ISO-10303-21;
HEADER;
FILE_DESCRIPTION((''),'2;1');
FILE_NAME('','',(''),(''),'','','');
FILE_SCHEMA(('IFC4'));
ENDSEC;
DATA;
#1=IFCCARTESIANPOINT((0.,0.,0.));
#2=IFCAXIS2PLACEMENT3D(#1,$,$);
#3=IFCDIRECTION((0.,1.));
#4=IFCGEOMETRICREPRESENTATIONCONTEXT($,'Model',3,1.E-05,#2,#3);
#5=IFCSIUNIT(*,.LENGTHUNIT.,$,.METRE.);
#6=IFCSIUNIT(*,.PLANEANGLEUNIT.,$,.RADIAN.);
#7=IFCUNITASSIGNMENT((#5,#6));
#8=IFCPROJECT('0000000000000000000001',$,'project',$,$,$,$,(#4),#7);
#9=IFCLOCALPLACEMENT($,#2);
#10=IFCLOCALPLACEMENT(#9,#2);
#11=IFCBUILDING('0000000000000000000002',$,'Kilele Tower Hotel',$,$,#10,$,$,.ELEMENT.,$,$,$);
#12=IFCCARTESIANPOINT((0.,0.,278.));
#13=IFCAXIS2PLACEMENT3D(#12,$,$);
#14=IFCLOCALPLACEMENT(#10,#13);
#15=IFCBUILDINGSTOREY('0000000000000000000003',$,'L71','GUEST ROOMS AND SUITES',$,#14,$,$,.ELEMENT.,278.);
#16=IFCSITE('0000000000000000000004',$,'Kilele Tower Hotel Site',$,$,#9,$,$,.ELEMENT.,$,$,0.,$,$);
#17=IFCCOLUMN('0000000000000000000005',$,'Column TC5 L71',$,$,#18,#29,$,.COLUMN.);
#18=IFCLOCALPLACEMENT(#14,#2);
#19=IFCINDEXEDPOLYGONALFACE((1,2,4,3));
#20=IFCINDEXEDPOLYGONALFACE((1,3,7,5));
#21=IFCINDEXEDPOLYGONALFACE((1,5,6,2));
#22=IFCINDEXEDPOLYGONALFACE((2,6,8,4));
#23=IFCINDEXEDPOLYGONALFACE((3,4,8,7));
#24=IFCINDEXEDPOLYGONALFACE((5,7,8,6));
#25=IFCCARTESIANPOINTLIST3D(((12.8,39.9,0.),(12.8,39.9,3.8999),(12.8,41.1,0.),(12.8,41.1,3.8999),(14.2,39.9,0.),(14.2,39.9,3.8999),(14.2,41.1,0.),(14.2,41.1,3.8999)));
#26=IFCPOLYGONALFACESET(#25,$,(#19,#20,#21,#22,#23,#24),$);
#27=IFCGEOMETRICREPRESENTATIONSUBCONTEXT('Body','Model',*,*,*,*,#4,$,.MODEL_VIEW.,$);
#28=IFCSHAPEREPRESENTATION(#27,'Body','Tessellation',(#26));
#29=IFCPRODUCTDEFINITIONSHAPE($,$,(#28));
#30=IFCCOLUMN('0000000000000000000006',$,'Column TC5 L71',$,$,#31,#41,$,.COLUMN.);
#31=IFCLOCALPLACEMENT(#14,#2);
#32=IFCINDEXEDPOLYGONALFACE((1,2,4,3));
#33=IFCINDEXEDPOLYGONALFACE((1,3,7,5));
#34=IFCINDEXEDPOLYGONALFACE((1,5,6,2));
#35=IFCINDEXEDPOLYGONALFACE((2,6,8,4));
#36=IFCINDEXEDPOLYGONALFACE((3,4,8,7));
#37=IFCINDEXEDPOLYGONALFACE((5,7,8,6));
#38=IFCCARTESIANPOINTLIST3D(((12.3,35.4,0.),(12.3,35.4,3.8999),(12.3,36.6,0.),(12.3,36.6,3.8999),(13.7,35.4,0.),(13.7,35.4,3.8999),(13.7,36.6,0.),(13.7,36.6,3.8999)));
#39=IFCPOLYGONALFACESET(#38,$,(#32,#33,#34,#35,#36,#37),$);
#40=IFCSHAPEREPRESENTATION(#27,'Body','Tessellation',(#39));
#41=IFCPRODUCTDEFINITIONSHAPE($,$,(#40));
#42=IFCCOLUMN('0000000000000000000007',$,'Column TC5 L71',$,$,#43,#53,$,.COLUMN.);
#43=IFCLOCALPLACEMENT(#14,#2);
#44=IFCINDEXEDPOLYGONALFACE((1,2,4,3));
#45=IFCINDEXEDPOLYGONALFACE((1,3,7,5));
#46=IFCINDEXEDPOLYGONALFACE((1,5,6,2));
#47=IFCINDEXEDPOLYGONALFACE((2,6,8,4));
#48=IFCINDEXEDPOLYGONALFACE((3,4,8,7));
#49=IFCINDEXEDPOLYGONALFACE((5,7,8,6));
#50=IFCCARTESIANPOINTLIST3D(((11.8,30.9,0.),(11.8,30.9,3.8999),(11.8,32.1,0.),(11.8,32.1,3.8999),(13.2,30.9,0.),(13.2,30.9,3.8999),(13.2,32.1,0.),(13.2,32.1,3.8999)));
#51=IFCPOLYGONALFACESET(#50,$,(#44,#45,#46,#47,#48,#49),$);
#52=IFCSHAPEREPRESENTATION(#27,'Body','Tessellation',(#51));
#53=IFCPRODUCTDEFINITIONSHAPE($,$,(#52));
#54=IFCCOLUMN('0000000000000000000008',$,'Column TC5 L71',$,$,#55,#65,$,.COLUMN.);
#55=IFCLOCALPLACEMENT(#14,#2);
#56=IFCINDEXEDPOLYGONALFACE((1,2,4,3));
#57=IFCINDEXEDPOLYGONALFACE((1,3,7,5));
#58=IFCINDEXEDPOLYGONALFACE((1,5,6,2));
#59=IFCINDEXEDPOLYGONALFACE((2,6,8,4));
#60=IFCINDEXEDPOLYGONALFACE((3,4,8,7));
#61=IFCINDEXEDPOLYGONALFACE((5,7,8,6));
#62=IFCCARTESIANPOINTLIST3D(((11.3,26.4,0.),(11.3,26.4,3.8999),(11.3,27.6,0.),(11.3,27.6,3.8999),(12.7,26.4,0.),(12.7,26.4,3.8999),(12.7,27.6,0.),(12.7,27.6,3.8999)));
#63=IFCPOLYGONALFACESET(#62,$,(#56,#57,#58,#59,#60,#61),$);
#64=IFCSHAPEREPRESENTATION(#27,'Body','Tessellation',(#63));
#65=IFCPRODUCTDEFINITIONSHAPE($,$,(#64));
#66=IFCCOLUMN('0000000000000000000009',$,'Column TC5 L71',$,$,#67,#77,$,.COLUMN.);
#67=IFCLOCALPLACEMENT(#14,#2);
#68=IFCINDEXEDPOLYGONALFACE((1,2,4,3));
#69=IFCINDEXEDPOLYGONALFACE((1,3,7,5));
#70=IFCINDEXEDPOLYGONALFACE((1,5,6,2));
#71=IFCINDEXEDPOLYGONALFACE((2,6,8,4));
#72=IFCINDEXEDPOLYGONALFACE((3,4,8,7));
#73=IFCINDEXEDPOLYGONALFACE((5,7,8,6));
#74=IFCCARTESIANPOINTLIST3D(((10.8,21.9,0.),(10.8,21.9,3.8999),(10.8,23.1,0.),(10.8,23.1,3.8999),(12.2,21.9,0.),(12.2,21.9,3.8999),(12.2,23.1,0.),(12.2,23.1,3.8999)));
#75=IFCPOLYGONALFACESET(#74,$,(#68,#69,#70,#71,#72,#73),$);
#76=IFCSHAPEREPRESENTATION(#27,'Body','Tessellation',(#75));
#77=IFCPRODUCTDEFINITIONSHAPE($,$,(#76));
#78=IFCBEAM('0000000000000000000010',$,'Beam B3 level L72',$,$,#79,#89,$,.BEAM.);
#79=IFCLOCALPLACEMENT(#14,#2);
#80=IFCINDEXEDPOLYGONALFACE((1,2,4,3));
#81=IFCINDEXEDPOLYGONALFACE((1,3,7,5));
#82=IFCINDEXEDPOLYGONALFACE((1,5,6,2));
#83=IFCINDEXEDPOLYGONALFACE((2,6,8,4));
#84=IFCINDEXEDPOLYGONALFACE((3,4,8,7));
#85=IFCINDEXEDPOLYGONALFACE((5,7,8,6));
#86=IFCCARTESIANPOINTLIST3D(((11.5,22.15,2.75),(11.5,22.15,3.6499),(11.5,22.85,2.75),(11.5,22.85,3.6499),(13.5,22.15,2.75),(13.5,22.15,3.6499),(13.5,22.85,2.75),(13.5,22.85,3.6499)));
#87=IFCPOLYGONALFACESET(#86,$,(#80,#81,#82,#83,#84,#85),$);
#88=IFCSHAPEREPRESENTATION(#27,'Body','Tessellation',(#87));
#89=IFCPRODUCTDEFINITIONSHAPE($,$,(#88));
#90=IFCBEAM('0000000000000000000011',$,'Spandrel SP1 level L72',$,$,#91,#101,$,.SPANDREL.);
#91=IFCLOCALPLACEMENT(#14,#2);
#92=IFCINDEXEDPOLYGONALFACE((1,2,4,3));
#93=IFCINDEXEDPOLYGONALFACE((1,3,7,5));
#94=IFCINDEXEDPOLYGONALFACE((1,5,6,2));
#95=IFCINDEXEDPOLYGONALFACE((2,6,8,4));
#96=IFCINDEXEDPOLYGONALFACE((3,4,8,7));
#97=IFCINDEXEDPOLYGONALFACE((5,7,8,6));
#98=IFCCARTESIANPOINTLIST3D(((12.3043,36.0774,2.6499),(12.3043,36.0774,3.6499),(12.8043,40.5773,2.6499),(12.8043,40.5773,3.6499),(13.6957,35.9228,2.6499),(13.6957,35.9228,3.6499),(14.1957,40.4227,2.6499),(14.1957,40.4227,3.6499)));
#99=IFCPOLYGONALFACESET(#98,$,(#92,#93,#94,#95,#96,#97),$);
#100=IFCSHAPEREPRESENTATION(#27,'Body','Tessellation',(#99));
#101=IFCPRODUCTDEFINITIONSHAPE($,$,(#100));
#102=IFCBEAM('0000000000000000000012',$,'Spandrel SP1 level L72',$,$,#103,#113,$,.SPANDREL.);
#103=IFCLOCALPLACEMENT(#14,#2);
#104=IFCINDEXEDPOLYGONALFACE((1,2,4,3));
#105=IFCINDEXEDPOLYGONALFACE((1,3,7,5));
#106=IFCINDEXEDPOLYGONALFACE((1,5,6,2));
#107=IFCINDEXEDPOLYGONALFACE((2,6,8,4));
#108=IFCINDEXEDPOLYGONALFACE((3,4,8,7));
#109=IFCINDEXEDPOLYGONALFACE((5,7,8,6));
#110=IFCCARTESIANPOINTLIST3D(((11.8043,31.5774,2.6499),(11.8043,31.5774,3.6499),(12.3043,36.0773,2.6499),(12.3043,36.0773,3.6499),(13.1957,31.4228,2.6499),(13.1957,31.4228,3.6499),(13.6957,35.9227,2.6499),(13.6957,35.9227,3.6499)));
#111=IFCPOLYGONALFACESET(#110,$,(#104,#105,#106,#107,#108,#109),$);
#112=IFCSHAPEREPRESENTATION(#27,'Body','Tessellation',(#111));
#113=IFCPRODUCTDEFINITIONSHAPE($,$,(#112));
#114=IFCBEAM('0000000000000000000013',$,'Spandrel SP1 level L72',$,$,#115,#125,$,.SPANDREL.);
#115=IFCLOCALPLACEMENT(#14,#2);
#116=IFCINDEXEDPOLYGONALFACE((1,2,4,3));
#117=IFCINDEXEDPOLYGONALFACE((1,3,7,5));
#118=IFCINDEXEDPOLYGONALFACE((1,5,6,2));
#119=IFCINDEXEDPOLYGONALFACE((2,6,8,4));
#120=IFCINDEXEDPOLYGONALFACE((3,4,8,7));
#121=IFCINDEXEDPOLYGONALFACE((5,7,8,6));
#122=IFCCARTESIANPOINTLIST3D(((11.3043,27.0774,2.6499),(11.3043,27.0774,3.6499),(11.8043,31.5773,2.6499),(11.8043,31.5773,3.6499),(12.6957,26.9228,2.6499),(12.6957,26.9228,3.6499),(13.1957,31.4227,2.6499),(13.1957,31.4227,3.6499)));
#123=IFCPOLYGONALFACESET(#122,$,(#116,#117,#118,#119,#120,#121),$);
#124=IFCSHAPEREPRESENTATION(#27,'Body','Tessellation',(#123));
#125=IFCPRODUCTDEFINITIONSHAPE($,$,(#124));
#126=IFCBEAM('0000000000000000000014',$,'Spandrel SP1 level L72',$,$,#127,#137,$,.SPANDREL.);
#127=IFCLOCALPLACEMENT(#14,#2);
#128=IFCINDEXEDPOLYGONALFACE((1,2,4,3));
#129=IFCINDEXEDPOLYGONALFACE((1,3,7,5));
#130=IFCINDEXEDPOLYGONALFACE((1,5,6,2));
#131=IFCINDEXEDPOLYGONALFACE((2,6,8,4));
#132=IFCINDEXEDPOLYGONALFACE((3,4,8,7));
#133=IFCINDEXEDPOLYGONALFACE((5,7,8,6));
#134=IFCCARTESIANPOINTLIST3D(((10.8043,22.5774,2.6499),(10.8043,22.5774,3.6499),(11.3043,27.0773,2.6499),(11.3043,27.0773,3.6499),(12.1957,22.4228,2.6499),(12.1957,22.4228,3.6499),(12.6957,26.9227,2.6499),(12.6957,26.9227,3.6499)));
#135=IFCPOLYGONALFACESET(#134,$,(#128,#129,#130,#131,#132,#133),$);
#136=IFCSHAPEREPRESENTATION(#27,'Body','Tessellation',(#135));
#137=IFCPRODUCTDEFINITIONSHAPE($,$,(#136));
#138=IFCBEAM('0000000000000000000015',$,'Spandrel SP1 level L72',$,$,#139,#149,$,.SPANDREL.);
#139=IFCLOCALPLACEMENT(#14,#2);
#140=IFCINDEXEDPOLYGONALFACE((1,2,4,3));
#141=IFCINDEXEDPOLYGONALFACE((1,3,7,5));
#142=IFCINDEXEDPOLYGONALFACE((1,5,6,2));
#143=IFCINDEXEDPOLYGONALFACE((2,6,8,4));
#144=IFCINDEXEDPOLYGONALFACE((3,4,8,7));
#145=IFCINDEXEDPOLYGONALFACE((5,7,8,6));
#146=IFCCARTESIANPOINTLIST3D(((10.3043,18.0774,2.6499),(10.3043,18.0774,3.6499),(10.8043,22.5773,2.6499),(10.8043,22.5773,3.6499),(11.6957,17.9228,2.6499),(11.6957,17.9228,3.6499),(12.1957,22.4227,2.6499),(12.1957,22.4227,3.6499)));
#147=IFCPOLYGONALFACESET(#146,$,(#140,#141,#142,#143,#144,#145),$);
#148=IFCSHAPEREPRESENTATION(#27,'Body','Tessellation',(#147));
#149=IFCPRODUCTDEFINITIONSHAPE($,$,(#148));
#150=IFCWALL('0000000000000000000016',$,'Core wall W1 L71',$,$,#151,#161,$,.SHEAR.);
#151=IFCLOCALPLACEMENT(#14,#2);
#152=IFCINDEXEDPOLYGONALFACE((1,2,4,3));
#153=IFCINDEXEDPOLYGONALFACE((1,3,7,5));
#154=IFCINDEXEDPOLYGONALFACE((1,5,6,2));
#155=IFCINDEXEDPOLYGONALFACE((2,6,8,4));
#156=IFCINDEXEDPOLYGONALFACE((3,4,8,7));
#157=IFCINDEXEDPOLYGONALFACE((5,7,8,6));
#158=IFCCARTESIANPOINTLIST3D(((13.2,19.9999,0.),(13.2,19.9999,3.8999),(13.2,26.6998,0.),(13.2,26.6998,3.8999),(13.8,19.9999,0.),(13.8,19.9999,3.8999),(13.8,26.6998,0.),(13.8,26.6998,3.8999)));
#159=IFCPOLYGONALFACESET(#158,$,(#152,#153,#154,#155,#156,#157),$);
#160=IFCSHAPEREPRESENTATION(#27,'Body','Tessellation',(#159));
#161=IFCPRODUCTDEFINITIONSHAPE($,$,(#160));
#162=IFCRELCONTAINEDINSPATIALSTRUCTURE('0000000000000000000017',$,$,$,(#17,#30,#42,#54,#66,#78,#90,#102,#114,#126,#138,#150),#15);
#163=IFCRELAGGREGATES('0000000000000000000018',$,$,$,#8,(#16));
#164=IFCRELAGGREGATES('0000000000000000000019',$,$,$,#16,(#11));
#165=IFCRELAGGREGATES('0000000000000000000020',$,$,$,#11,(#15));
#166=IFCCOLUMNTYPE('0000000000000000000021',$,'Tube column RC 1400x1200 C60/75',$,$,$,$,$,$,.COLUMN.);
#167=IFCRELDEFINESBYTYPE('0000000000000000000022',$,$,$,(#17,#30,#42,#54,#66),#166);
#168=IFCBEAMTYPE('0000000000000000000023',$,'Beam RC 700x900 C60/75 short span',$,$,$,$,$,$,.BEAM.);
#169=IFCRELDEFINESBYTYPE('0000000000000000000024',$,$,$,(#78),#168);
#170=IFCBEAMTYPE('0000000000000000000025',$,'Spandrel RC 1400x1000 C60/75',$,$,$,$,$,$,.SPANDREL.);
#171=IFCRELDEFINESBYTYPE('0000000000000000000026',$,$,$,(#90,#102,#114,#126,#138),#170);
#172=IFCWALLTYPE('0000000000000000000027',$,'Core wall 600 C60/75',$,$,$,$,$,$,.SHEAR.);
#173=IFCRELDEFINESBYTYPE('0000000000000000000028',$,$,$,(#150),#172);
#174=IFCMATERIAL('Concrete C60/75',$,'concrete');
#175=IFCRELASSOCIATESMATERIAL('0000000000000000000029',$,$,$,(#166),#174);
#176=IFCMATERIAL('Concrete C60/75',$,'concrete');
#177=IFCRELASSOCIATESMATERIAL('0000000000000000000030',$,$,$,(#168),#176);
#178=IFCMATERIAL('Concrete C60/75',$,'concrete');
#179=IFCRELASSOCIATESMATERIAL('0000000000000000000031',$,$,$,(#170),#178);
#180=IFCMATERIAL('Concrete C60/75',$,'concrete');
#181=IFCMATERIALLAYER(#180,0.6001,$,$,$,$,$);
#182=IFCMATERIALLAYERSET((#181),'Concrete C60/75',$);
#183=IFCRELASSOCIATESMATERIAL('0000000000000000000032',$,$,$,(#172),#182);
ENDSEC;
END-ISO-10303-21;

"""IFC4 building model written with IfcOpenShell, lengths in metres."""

from ifc_helpers import new_model, si_unit, direction, frame, frame_2d, origin, origin_2d, place, context, subcontext, project, spatial, rectangle, extrude, material, layer, layer_set, material_profile, profile_set, type_object, element, save


model = new_model("IFC4")

# Units and contexts
model_context = context("Model", 3, precision=1e-05, world=origin(), true_north=direction((0.0, 1.0)))
body_context = subcontext(model_context, "Body", "Model", "MODEL_VIEW")
ifc_project = project(units=[si_unit("LENGTHUNIT", "METRE"), si_unit("PLANEANGLEUNIT", "RADIAN")], contexts=[model_context])

# Site, building, storey
site_placement = place(None, origin())
site = spatial("IfcSite", under=ifc_project, at=site_placement, Name="Kilele Tower Hotel Site", CompositionType="ELEMENT", RefElevation=0.0)
building_placement = place(site_placement, origin())
building = spatial("IfcBuilding", under=site, at=building_placement, Name="Kilele Tower Hotel", CompositionType="ELEMENT")
storey_placement = place(building_placement, frame((0.0, 0.0, 278.0)))
storey = spatial("IfcBuildingStorey", under=building, at=storey_placement, Name="L71", Description="GUEST ROOMS AND SUITES", CompositionType="ELEMENT", Elevation=278.0)

# Columns
ifc_material_1 = material(Name="Concrete C60/75", Category="concrete")
ifc_material_profile_1 = material_profile(ifc_material_1, rectangle(XDim=1.3999, YDim=1.2, at=origin_2d()))
ifc_profile_set_1 = profile_set([ifc_material_profile_1], Name="Concrete C60/75")
column_type = type_object("IfcColumnType", Name="Tube column RC 1400x1200 C60/75", PredefinedType="COLUMN", material=ifc_profile_set_1)
for number, where, z_axis, x_axis, name in (
    (1, (13.5, 40.5, 0.0), (0.0, 0.0, 1.0), (1.0, 0.0, 0.0), "Column TC5 L71"),
    (2, (13.0, 36.0, 0.0), (0.0, 0.0, 1.0), (1.0, 0.0, 0.0), "Column TC5 L71"),
    (3, (12.5, 31.5, 0.0), (0.0, 0.0, 1.0), (1.0, 0.0, 0.0), "Column TC5 L71"),
    (4, (12.0, 27.0, 0.0), (0.0, 0.0, 1.0), (1.0, 0.0, 0.0), "Column TC5 L71"),
    (5, (11.5, 22.5, 0.0), (0.0, 0.0, 1.0), (1.0, 0.0, 0.0), "Column TC5 L71"),
):
    element("IfcColumn", number, at=place(storey_placement, frame(where, z_axis=z_axis, x_axis=x_axis)), inside=storey, type_object=column_type, Name=name, PredefinedType="COLUMN", context=body_context, shape_type="SweptSolid", body=[
        extrude(rectangle(XDim=1.3999, YDim=1.2, at=origin_2d()), origin(), (0.0, 0.0, 1.0), 3.8999),
    ])

# Beams
ifc_material_2 = material(Name="Concrete C60/75", Category="concrete")
ifc_material_profile_2 = material_profile(ifc_material_2, rectangle(XDim=0.7, YDim=0.8999, at=origin_2d()))
ifc_profile_set_2 = profile_set([ifc_material_profile_2], Name="Concrete C60/75")
beam_type_1 = type_object("IfcBeamType", Name="Beam RC 700x900 C60/75 short span", PredefinedType="BEAM", material=ifc_profile_set_2)
beam_placement = place(storey_placement, frame((11.5, 22.5, 3.2), z_axis=(1.0, 0.0, 0.0), x_axis=(0.0, 1.0, 0.0)))
element("IfcBeam", 6, at=beam_placement, inside=storey, type_object=beam_type_1, Name="Beam B3 level L72", PredefinedType="BEAM", context=body_context, shape_type="SweptSolid", body=[
    extrude(rectangle(XDim=0.7, YDim=0.8999, at=origin_2d()), origin(), (0.0, 0.0, 1.0), 2.0),
])
ifc_material_3 = material(Name="Concrete C60/75", Category="concrete")
ifc_material_profile_3 = material_profile(ifc_material_3, rectangle(XDim=1.3999, YDim=1.0, at=origin_2d()))
ifc_profile_set_3 = profile_set([ifc_material_profile_3], Name="Concrete C60/75")
beam_type_2 = type_object("IfcBeamType", Name="Spandrel RC 1400x1000 C60/75", PredefinedType="SPANDREL", material=ifc_profile_set_3)
for number, where, z_axis, x_axis, name in (
    (7, (13.5, 40.5, 3.1499), (-0.110432, -0.993884, 0.0), (0.993884, -0.110432, 0.0), "Spandrel SP1 level L72"),
    (8, (13.0, 36.0, 3.1499), (-0.110432, -0.993884, 0.0), (0.993884, -0.110432, 0.0), "Spandrel SP1 level L72"),
    (9, (12.5, 31.5, 3.1499), (-0.110432, -0.993884, 0.0), (0.993884, -0.110432, 0.0), "Spandrel SP1 level L72"),
    (10, (12.0, 27.0, 3.1499), (-0.110432, -0.993884, 0.0), (0.993884, -0.110432, 0.0), "Spandrel SP1 level L72"),
    (11, (11.5, 22.5, 3.1499), (-0.110432, -0.993884, 0.0), (0.993884, -0.110432, 0.0), "Spandrel SP1 level L72"),
):
    element("IfcBeam", number, at=place(storey_placement, frame(where, z_axis=z_axis, x_axis=x_axis)), inside=storey, type_object=beam_type_2, Name=name, PredefinedType="SPANDREL", context=body_context, shape_type="SweptSolid", body=[
        extrude(rectangle(XDim=1.3999, YDim=1.0, at=origin_2d()), origin(), (0.0, 0.0, 1.0), 4.5276),
    ])

# Wall
ifc_material_4 = material(Name="Concrete C60/75", Category="concrete")
ifc_layer_1 = layer(ifc_material_4, 0.6001)
ifc_layer_set_1 = layer_set([ifc_layer_1], Name="Concrete C60/75")
wall_type_1 = type_object("IfcWallType", Name="Core wall 600 C60/75", PredefinedType="SHEAR", material=ifc_layer_set_1)
wall_1_placement = place(storey_placement, frame((13.5, 26.7, 0.0), z_axis=(0.0, 0.0, 1.0), x_axis=(0.0, -1.0, 0.0)))
element("IfcWall", 12, at=wall_1_placement, inside=storey, type_object=wall_type_1, Name="Core wall W1 L71", PredefinedType="SHEAR", context=body_context, shape_type="SweptSolid", body=[
    extrude(rectangle(XDim=6.7, YDim=0.6001, at=frame_2d((3.3501, 0.0))), origin(), (0.0, 0.0, 1.0), 3.8999),
])

save(model, "model.ifc")
